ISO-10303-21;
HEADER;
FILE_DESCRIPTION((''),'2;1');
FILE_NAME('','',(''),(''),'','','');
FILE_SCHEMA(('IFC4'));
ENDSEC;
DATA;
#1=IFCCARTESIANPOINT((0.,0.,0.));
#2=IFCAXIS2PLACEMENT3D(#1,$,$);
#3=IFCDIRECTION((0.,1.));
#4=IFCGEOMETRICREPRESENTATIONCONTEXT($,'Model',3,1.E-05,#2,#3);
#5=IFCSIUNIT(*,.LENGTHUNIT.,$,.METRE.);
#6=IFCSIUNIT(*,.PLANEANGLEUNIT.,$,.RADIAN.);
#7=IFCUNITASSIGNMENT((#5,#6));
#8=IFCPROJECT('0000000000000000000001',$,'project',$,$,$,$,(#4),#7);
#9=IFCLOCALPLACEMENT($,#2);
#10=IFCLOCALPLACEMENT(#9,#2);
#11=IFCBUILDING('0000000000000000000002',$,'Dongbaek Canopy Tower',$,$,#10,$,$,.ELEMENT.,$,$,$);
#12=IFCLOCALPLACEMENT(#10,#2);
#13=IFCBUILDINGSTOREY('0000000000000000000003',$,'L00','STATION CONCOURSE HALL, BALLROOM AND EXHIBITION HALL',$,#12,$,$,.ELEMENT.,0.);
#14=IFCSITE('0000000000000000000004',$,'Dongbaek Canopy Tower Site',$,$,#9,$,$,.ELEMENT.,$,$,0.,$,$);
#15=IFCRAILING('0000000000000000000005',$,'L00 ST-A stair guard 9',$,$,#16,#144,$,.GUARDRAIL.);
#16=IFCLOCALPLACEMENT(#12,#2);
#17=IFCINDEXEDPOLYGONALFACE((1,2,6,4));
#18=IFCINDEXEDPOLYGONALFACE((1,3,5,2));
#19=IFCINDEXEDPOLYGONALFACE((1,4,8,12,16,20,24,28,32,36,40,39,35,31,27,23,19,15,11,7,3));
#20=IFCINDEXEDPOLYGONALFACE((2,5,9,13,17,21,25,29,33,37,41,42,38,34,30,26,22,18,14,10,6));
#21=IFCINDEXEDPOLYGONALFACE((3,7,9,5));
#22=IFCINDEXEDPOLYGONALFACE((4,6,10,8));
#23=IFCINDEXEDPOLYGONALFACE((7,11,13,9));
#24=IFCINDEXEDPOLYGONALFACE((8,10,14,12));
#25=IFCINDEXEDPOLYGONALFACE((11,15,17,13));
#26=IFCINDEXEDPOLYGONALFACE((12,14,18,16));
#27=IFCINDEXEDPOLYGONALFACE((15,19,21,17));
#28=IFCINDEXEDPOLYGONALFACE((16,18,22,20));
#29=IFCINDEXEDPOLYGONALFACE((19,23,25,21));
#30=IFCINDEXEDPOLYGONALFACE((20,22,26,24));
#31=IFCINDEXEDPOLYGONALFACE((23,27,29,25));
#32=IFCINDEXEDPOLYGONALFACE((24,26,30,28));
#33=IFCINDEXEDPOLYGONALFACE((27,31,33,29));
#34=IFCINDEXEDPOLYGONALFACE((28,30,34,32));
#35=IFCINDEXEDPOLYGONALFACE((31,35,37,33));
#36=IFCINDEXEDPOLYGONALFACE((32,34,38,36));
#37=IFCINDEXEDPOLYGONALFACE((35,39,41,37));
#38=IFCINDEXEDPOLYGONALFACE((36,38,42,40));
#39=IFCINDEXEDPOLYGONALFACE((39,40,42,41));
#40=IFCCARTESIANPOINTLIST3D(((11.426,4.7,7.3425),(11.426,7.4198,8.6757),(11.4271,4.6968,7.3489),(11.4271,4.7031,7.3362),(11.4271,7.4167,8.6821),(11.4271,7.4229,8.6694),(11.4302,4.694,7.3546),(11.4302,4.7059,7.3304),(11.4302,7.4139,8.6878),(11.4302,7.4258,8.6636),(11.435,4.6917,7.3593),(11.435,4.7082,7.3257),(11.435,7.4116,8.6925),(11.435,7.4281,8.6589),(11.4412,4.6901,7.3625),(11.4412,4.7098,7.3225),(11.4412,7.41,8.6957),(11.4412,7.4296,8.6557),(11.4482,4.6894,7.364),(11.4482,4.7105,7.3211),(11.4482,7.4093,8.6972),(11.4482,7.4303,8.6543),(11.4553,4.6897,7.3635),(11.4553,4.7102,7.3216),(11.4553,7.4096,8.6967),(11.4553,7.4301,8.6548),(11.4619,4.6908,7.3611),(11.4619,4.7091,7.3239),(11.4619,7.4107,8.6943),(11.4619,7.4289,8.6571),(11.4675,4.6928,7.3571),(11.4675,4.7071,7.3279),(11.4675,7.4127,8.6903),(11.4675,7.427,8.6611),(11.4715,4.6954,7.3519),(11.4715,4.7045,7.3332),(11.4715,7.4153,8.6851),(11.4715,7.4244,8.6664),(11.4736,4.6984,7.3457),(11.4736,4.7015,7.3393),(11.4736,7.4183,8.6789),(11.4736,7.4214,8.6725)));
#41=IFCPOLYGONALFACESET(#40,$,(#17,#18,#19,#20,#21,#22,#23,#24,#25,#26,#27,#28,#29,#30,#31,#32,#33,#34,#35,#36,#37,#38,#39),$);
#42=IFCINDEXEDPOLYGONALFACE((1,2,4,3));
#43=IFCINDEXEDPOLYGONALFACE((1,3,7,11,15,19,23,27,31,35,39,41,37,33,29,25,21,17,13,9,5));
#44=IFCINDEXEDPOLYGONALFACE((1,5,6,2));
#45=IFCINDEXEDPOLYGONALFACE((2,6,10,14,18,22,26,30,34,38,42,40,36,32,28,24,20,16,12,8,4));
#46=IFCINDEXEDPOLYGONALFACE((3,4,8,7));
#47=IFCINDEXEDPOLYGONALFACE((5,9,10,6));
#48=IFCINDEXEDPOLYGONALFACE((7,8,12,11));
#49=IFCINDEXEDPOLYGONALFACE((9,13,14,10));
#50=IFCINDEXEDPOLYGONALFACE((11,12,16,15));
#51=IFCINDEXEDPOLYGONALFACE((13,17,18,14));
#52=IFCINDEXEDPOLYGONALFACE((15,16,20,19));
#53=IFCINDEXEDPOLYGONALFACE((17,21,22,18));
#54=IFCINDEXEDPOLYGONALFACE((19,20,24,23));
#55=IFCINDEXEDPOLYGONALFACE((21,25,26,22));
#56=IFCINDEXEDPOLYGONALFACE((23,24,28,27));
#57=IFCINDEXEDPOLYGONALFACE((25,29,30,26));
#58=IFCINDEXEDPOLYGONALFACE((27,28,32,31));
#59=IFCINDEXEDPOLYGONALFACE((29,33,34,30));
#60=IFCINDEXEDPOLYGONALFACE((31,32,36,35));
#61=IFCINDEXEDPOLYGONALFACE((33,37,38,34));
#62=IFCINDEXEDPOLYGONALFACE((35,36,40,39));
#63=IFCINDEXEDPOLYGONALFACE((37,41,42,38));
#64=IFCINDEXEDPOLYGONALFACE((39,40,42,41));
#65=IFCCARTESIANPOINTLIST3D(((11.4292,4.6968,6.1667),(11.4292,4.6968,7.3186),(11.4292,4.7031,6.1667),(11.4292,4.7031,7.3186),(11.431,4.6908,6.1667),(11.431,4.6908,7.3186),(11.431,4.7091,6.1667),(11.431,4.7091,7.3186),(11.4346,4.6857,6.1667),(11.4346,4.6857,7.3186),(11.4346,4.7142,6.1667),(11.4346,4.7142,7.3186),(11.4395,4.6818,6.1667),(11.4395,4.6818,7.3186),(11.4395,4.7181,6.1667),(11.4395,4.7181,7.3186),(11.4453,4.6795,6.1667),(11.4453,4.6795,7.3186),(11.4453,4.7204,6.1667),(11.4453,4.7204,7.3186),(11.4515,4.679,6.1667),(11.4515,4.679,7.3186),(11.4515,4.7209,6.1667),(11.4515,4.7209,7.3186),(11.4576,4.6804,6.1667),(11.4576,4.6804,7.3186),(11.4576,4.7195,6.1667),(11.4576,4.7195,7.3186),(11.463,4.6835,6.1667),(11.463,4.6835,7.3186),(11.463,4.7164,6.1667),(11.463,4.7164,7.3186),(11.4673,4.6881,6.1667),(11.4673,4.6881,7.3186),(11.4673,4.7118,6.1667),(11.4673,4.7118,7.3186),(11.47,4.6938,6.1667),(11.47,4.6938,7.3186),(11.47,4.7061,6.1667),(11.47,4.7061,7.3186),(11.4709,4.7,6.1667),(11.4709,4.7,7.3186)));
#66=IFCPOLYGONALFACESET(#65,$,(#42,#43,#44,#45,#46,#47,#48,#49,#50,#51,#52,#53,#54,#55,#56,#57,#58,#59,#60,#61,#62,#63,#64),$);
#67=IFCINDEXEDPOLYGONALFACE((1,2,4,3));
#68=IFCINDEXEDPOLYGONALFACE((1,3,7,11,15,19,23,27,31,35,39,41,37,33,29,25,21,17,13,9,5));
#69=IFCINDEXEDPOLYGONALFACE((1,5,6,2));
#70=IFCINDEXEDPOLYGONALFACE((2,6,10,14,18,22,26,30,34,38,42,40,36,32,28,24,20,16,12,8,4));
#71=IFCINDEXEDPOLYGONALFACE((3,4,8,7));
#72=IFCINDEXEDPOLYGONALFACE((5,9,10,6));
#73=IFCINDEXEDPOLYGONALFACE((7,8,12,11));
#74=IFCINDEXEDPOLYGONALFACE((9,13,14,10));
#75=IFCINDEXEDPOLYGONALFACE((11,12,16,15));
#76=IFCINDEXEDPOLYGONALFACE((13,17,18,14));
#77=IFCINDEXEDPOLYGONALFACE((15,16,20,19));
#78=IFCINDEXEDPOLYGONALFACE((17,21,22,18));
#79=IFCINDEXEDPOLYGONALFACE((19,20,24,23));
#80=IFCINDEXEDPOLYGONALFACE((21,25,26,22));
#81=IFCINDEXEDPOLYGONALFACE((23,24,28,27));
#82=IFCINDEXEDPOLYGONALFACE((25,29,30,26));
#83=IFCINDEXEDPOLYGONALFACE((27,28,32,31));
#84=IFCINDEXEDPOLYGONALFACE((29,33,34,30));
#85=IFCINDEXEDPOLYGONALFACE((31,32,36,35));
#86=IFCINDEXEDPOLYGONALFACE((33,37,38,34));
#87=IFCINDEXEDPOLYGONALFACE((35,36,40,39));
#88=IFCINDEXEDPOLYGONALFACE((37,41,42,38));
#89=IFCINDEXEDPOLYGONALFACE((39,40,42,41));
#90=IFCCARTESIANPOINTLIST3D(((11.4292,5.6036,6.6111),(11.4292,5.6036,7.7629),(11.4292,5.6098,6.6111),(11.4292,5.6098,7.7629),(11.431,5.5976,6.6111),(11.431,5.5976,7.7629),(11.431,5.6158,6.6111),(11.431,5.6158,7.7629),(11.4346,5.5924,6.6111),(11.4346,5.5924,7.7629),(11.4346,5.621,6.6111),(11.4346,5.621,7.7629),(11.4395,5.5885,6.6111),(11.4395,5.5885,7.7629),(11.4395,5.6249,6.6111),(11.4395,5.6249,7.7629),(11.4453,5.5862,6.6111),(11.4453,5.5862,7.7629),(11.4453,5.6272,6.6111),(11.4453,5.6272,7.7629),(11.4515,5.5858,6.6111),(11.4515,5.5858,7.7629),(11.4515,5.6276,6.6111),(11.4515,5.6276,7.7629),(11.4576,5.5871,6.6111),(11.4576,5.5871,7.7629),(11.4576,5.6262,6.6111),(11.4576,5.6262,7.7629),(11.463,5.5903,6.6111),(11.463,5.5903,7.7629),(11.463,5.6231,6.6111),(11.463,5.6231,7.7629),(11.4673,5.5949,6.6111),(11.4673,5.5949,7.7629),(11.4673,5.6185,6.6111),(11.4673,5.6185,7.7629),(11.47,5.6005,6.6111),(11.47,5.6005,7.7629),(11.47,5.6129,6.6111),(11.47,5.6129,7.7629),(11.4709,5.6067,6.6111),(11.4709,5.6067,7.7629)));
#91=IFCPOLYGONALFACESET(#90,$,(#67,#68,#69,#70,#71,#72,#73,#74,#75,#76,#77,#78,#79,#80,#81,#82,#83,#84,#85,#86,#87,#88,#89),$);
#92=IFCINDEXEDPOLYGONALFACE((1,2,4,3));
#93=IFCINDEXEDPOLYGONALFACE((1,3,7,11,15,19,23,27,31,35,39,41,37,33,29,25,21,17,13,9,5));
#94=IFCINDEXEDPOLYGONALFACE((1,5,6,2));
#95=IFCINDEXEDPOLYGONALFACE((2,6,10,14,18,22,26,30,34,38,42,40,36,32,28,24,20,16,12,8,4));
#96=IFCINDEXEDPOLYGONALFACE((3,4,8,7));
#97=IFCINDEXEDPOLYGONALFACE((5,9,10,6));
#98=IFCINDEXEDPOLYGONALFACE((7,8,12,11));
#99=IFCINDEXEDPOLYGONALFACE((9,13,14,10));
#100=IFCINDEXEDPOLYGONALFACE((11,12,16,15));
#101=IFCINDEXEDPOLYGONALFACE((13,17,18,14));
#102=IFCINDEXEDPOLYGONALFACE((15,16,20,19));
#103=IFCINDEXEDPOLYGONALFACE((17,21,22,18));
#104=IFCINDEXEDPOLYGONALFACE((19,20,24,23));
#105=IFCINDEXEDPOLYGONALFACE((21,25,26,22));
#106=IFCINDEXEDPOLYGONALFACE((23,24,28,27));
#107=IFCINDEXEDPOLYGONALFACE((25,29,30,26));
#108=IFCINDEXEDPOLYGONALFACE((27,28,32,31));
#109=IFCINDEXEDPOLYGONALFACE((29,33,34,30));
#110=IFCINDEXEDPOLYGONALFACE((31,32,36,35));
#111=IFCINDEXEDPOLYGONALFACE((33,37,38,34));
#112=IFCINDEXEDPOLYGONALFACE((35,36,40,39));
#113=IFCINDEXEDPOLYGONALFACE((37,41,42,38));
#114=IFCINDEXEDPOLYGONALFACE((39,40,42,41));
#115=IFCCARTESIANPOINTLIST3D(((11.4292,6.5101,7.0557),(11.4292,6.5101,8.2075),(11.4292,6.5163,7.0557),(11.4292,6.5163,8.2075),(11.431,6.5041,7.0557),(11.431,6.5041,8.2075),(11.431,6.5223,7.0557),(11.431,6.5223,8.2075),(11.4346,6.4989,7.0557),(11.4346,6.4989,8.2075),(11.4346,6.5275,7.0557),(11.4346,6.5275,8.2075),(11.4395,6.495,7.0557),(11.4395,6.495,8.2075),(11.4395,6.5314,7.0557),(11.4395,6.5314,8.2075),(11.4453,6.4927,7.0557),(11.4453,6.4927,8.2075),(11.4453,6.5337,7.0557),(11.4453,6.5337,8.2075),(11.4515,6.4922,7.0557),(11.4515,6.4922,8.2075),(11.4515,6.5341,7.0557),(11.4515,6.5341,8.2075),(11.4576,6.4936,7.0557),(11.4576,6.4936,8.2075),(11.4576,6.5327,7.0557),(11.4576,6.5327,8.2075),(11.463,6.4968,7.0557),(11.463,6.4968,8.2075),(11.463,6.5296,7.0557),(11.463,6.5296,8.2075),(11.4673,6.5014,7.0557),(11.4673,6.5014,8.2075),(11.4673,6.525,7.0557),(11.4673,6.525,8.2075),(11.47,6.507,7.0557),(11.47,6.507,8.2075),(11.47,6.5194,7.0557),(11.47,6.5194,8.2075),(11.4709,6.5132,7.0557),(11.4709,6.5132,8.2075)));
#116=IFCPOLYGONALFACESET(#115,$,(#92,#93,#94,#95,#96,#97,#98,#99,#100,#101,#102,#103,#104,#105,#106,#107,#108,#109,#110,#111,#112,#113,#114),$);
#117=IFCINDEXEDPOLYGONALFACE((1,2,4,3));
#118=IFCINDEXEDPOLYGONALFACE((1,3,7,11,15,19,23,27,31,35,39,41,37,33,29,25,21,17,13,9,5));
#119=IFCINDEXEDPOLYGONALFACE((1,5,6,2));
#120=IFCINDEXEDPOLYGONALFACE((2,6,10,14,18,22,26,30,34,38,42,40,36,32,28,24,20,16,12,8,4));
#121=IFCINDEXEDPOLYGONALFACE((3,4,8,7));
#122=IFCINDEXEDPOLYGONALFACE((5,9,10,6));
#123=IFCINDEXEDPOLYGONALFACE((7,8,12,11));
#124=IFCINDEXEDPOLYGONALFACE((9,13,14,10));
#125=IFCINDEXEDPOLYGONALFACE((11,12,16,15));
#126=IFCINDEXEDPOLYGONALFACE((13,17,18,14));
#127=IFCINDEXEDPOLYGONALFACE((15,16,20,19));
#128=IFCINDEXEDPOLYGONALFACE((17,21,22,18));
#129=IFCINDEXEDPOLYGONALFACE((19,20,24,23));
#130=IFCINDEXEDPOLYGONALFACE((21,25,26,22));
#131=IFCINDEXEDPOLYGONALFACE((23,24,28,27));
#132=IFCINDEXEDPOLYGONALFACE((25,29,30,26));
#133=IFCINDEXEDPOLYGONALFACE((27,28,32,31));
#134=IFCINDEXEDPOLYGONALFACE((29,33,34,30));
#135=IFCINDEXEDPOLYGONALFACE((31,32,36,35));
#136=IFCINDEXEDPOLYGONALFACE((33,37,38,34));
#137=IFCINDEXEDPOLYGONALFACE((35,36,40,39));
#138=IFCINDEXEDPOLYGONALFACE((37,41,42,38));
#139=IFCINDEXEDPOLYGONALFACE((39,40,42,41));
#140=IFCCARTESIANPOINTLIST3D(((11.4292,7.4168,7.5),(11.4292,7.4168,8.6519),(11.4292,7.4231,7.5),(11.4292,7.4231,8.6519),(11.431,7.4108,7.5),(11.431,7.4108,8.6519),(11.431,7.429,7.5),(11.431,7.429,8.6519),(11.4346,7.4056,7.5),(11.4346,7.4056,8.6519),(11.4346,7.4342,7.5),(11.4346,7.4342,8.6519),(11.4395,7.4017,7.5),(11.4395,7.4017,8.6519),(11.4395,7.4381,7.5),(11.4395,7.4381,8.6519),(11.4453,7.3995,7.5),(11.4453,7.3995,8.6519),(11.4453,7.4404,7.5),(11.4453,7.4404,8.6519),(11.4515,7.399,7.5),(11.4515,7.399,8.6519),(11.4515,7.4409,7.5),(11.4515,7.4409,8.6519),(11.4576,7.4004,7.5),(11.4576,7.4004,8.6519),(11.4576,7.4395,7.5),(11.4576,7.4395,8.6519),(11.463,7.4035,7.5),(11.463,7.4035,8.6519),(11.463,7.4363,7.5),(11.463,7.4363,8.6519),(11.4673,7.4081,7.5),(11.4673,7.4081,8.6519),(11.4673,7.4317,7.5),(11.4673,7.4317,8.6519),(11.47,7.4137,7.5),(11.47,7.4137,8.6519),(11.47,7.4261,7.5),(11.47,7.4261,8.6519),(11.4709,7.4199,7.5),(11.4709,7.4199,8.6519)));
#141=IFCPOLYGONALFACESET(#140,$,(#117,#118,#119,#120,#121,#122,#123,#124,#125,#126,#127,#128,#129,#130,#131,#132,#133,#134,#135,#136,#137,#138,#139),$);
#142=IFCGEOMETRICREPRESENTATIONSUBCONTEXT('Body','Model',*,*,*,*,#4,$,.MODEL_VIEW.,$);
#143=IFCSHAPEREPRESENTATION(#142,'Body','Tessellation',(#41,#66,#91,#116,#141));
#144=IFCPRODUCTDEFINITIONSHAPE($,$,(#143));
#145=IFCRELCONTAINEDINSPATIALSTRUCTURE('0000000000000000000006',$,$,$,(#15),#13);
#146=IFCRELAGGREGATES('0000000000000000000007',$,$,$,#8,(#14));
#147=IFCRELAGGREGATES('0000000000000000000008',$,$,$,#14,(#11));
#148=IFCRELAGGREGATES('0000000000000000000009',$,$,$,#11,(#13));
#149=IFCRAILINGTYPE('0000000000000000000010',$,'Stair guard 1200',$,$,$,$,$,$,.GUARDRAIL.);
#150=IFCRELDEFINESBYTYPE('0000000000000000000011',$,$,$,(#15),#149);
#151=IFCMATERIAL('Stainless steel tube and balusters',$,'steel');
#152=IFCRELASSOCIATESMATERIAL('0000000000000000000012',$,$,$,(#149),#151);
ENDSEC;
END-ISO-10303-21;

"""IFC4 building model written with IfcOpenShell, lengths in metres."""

from ifc_helpers import new_model, si_unit, direction, frame, origin, origin_2d, place, context, subcontext, project, spatial, circle, extrude, material, type_object, element, save


model = new_model("IFC4")

# Units and contexts
model_context = context("Model", 3, precision=1e-05, world=origin(), true_north=direction((0.0, 1.0)))
body_context = subcontext(model_context, "Body", "Model", "MODEL_VIEW")
ifc_project = project(units=[si_unit("LENGTHUNIT", "METRE"), si_unit("PLANEANGLEUNIT", "RADIAN")], contexts=[model_context])

# Site, building, storey
site_placement = place(None, origin())
site = spatial("IfcSite", under=ifc_project, at=site_placement, Name="Dongbaek Canopy Tower Site", CompositionType="ELEMENT", RefElevation=0.0)
building_placement = place(site_placement, origin())
building = spatial("IfcBuilding", under=site, at=building_placement, Name="Dongbaek Canopy Tower", CompositionType="ELEMENT")
storey_placement = place(building_placement, origin())
storey = spatial("IfcBuildingStorey", under=building, at=storey_placement, Name="L00", Description="STATION CONCOURSE HALL, BALLROOM AND EXHIBITION HALL", CompositionType="ELEMENT", Elevation=0.0)

# Railing
ifc_material_1 = material(Name="Stainless steel tube and balusters", Category="steel")
railing_type_1 = type_object("IfcRailingType", Name="Stair guard 1200", PredefinedType="GUARDRAIL", material=ifc_material_1)
railing_1_placement = place(storey_placement, frame((11.45, 4.7, 6.1667)))
element("IfcRailing", 1, at=railing_1_placement, inside=storey, type_object=railing_type_1, Name="L00 ST-A stair guard 9", PredefinedType="GUARDRAIL", context=body_context, shape_type="SweptSolid", body=[
    extrude(circle(Radius=0.0239, at=origin_2d()), frame((0.0, 0.0, 1.1758), z_axis=(0.0, 0.897929, 0.440139), x_axis=(-1.0, 0.0, 0.0)), (0.0, 0.0, 1.0), 3.0291),
    extrude(circle(Radius=0.021, at=origin_2d()), origin(), (0.0, 0.0, 1.0), 1.1519),
    extrude(circle(Radius=0.021, at=origin_2d()), frame((0.0, 0.9067, 0.4443)), (0.0, 0.0, 1.0), 1.1519),
    extrude(circle(Radius=0.021, at=origin_2d()), frame((0.0, 1.8132, 0.8889)), (0.0, 0.0, 1.0), 1.1519),
    extrude(circle(Radius=0.021, at=origin_2d()), frame((0.0, 2.72, 1.3333)), (0.0, 0.0, 1.0), 1.1519),
])

save(model, "model.ifc")
